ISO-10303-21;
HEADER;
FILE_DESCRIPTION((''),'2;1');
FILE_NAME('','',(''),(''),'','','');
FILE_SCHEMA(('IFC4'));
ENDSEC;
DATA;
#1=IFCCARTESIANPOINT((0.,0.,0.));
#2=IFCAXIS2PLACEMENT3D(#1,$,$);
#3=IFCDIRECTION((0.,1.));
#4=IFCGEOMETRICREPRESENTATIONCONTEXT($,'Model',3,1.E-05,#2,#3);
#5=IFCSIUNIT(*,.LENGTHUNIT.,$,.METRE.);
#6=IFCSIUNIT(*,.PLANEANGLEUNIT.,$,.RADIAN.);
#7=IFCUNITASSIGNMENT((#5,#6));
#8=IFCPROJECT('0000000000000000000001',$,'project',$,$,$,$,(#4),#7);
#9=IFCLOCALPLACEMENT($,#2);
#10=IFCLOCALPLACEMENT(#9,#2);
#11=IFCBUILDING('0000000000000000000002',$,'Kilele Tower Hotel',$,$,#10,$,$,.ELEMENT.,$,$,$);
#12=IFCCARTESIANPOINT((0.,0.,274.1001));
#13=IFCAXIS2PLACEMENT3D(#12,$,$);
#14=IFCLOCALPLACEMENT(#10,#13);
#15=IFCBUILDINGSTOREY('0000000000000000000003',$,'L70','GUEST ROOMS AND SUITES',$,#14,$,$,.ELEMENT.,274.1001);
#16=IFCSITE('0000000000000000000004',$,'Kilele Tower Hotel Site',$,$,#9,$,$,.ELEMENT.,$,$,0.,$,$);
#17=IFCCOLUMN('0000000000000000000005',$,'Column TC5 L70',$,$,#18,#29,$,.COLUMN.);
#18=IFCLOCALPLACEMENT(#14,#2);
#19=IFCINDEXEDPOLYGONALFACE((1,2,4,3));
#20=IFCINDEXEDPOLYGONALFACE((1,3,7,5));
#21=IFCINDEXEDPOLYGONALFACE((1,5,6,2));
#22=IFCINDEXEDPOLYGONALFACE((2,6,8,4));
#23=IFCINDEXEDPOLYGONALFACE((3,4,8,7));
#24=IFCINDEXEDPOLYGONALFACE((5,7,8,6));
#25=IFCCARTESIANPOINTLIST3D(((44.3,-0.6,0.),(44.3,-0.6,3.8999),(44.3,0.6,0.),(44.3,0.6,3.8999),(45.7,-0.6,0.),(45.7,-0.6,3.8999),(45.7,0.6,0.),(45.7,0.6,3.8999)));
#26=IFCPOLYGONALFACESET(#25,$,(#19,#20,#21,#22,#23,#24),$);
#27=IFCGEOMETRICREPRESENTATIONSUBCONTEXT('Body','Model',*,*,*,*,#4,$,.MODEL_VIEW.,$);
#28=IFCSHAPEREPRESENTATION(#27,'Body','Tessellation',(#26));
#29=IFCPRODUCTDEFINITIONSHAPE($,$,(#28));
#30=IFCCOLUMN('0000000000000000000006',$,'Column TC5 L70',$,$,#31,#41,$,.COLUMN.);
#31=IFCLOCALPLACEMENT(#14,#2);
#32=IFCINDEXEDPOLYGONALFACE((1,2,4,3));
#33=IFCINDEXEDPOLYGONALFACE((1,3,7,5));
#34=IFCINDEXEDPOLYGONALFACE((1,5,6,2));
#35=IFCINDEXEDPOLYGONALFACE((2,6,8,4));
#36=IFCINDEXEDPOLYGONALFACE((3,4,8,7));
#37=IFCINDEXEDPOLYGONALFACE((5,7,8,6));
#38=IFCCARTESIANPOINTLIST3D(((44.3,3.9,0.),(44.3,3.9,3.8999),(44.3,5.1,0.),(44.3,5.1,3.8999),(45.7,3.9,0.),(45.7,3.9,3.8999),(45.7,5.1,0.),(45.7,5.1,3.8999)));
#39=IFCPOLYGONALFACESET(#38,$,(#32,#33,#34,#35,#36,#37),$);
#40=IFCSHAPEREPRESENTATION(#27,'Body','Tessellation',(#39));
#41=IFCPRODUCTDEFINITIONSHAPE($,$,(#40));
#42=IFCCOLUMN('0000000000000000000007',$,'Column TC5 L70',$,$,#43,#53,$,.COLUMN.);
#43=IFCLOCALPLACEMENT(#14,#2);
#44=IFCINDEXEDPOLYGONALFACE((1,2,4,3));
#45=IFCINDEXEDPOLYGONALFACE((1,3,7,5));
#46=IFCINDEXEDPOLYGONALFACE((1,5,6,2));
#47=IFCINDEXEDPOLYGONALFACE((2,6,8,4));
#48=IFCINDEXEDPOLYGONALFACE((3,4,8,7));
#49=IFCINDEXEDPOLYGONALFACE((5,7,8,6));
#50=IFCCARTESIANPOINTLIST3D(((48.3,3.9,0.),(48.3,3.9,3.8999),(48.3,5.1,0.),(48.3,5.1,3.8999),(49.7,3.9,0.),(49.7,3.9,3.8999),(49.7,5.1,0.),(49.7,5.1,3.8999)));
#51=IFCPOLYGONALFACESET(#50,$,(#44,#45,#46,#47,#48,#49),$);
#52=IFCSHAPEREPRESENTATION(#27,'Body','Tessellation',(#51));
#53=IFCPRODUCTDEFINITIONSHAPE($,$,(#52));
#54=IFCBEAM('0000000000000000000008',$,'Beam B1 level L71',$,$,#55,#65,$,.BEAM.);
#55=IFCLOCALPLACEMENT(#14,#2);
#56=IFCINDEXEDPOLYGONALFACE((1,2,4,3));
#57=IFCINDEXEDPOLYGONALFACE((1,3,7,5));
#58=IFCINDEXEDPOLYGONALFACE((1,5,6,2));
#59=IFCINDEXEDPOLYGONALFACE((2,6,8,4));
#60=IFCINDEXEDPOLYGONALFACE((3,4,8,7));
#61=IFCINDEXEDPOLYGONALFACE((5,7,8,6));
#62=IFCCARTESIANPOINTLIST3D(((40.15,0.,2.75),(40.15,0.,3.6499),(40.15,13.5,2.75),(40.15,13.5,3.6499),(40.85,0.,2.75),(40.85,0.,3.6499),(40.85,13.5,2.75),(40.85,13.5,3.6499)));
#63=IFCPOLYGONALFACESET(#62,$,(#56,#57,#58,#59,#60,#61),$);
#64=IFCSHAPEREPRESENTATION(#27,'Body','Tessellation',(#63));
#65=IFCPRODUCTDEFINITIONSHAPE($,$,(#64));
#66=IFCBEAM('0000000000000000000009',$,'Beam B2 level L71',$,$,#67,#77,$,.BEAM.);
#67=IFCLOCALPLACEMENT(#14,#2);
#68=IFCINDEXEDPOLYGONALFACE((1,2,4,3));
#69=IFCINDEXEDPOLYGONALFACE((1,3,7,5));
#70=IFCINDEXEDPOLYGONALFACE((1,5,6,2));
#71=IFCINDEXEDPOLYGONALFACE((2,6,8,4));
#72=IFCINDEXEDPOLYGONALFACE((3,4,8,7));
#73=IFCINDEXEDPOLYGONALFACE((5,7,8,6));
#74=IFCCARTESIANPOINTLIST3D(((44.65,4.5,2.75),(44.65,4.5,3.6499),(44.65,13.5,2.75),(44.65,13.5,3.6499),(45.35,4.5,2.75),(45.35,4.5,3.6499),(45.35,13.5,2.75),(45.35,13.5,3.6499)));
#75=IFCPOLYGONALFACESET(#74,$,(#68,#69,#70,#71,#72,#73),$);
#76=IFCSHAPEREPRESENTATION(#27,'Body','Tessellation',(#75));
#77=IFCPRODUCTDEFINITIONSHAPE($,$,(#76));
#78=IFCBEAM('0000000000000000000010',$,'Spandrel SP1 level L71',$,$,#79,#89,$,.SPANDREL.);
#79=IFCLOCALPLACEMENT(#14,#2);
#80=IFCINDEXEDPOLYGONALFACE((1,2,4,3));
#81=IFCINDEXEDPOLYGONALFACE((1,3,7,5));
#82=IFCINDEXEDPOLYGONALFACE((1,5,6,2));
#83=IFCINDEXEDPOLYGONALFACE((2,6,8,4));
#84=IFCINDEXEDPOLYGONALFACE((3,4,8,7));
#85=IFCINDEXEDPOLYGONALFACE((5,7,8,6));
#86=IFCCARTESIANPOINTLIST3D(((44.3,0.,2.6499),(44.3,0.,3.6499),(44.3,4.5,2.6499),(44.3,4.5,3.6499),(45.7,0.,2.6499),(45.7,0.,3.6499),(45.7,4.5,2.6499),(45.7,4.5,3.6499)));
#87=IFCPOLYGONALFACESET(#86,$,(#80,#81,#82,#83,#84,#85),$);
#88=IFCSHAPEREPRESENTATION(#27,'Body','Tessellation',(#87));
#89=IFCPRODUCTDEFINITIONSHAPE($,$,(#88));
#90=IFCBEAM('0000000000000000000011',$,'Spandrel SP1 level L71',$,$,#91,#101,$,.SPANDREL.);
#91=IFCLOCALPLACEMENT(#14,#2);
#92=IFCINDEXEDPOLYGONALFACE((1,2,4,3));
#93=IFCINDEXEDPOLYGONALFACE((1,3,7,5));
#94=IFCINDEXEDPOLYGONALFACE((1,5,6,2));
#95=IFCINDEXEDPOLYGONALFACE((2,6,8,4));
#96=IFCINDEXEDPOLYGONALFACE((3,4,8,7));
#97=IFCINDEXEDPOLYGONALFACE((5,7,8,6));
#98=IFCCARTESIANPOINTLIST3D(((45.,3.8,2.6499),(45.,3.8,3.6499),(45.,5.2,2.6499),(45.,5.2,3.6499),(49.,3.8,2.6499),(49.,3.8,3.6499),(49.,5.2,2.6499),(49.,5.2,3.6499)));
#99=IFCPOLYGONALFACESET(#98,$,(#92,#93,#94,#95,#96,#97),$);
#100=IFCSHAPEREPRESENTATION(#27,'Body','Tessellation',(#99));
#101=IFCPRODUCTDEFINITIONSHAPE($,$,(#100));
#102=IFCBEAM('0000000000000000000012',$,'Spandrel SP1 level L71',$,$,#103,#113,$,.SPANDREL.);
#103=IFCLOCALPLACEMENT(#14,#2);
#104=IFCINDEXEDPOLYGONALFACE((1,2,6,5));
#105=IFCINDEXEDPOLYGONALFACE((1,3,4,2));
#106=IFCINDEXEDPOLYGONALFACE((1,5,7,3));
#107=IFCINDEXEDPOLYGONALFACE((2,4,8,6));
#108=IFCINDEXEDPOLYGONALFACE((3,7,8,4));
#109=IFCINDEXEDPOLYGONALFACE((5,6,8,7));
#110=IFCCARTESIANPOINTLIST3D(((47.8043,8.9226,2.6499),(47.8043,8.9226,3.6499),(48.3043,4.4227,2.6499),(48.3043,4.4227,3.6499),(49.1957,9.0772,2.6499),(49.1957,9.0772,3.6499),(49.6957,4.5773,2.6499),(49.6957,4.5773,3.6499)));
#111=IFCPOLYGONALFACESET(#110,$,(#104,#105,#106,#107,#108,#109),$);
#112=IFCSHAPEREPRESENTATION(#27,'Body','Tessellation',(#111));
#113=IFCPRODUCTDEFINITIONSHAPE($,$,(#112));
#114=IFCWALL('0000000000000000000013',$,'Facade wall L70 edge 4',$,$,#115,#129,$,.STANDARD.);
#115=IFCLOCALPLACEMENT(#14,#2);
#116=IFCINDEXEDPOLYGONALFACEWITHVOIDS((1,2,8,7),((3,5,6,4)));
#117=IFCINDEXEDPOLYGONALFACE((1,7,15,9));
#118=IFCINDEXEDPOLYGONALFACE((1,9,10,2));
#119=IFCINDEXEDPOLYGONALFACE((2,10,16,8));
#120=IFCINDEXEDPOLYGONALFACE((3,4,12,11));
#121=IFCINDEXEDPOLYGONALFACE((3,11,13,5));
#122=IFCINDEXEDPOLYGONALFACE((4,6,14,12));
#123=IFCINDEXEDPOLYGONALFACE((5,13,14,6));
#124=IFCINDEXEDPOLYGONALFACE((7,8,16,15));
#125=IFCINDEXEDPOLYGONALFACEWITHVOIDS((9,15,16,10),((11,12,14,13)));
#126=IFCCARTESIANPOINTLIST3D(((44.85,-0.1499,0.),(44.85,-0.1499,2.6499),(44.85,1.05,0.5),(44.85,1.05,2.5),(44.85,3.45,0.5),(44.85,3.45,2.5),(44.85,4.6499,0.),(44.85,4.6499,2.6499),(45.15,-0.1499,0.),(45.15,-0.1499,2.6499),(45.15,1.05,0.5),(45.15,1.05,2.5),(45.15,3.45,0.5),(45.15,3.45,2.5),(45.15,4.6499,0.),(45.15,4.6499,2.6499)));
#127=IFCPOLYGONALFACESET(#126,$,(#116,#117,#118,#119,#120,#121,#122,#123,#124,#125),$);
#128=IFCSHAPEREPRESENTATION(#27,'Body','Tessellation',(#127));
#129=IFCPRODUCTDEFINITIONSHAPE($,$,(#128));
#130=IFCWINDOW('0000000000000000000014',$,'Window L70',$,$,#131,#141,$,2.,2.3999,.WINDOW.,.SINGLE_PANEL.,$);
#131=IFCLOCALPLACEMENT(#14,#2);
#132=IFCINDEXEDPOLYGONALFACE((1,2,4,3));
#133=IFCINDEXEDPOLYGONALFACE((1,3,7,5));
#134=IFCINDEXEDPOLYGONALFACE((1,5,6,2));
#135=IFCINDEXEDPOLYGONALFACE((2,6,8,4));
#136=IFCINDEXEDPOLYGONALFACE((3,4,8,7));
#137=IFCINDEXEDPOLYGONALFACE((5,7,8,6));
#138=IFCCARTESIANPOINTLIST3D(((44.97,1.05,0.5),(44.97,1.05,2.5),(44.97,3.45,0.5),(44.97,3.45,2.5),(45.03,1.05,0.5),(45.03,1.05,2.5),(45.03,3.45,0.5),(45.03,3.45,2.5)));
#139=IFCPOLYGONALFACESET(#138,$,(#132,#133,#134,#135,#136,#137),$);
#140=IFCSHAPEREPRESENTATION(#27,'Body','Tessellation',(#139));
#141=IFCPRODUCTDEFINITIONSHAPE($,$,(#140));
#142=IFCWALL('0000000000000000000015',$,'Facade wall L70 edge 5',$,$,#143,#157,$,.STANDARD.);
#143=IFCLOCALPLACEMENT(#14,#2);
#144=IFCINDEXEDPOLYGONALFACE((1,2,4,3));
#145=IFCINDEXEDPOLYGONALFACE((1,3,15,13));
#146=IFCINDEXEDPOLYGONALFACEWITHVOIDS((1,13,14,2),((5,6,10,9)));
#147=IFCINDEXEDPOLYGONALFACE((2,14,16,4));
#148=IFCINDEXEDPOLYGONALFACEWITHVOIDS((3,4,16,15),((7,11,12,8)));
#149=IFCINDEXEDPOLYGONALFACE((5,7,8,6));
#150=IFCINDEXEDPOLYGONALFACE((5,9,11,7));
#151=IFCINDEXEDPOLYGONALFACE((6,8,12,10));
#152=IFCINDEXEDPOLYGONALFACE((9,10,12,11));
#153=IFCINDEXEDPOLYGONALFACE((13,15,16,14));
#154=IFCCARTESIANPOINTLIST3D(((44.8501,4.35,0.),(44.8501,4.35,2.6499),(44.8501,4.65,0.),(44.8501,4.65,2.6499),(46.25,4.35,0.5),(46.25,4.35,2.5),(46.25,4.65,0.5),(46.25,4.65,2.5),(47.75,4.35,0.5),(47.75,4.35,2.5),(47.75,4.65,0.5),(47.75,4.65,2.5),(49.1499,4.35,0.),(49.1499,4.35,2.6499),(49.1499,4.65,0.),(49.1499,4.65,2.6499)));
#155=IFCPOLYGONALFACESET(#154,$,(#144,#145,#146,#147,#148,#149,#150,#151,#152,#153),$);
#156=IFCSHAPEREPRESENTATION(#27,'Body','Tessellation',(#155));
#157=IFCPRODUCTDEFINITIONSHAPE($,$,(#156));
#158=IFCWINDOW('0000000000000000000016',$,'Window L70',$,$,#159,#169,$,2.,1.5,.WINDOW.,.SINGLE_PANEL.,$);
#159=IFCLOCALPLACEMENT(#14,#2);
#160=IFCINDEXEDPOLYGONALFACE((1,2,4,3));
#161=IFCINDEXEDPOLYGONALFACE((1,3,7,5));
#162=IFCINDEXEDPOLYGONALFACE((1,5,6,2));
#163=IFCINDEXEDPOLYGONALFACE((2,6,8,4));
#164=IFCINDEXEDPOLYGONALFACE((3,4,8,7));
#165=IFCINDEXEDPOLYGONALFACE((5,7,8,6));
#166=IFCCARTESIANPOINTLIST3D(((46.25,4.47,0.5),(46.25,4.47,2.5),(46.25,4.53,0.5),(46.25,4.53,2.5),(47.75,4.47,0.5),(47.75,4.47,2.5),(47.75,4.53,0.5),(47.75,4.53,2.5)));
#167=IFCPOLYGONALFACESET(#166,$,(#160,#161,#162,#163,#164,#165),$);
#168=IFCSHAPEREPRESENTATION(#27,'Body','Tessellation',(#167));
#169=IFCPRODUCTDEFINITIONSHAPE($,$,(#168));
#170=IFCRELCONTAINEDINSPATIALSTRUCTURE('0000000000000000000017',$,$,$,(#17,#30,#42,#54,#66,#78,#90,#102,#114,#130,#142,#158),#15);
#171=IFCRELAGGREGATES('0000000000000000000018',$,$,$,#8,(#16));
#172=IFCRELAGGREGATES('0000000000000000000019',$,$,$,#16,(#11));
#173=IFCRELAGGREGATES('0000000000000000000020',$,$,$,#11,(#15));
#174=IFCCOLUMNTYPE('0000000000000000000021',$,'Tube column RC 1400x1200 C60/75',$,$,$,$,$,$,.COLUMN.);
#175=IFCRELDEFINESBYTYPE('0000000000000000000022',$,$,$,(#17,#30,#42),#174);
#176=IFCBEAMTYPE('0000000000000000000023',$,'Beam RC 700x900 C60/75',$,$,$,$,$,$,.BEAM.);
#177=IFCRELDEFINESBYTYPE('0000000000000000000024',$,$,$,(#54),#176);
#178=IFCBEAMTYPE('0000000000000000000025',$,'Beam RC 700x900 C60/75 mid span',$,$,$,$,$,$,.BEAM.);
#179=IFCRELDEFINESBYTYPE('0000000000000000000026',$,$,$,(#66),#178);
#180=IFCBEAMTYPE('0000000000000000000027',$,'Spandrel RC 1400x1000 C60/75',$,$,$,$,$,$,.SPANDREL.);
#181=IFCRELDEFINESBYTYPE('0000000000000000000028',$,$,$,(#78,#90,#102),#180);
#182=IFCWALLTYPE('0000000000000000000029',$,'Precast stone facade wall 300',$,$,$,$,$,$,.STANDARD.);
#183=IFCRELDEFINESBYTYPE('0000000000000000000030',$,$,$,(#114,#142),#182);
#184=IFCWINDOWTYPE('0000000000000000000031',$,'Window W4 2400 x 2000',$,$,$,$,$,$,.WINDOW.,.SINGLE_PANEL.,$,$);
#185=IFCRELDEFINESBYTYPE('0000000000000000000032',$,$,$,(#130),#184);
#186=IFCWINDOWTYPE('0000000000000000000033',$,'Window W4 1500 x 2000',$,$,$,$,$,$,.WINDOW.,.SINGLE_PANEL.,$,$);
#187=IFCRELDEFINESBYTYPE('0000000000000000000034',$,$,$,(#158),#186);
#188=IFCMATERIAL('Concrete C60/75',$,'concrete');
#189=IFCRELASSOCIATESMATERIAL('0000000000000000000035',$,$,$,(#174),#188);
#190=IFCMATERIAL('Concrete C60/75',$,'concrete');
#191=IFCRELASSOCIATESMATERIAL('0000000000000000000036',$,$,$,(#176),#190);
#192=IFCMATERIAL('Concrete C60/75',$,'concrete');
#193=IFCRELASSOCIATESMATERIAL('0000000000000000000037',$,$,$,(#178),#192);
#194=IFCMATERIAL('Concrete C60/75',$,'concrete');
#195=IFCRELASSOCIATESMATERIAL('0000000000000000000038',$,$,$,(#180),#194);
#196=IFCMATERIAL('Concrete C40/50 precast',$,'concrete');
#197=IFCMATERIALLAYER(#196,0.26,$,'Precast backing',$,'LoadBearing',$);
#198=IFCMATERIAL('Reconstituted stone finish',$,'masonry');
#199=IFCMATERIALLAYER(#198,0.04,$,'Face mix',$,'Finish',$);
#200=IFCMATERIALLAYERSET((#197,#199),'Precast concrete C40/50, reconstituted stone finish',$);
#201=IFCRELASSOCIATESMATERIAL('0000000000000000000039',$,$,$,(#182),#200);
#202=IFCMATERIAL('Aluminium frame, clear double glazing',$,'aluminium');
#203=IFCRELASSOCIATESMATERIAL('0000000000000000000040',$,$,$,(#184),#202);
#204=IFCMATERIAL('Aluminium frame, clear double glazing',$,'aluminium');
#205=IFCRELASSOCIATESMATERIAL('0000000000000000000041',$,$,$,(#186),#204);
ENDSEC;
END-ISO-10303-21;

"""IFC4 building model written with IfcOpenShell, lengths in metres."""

from ifc_helpers import new_model, si_unit, direction, frame, frame_2d, origin, origin_2d, place, context, subcontext, project, spatial, rectangle, extrude, material, layer, layer_set, material_profile, profile_set, type_object, element, fill, save


model = new_model("IFC4")

# Units and contexts
model_context = context("Model", 3, precision=1e-05, world=origin(), true_north=direction((0.0, 1.0)))
body_context = subcontext(model_context, "Body", "Model", "MODEL_VIEW")
ifc_project = project(units=[si_unit("LENGTHUNIT", "METRE"), si_unit("PLANEANGLEUNIT", "RADIAN")], contexts=[model_context])

# Site, building, storey
site_placement = place(None, origin())
site = spatial("IfcSite", under=ifc_project, at=site_placement, Name="Kilele Tower Hotel Site", CompositionType="ELEMENT", RefElevation=0.0)
building_placement = place(site_placement, origin())
building = spatial("IfcBuilding", under=site, at=building_placement, Name="Kilele Tower Hotel", CompositionType="ELEMENT")
storey_placement = place(building_placement, frame((0.0, 0.0, 274.1001)))
storey = spatial("IfcBuildingStorey", under=building, at=storey_placement, Name="L70", Description="GUEST ROOMS AND SUITES", CompositionType="ELEMENT", Elevation=274.1001)

# Columns
ifc_material_1 = material(Name="Concrete C60/75", Category="concrete")
ifc_material_profile_1 = material_profile(ifc_material_1, rectangle(XDim=1.3999, YDim=1.2, at=origin_2d()))
ifc_profile_set_1 = profile_set([ifc_material_profile_1], Name="Concrete C60/75")
column_type = type_object("IfcColumnType", Name="Tube column RC 1400x1200 C60/75", PredefinedType="COLUMN", material=ifc_profile_set_1)
for number, where, z_axis, x_axis, name in (
    (1, (45.0, 0.0, 0.0), (0.0, 0.0, 1.0), (1.0, 0.0, 0.0), "Column TC5 L70"),
    (2, (45.0, 4.5, 0.0), (0.0, 0.0, 1.0), (1.0, 0.0, 0.0), "Column TC5 L70"),
    (3, (49.0, 4.5, 0.0), (0.0, 0.0, 1.0), (1.0, 0.0, 0.0), "Column TC5 L70"),
):
    element("IfcColumn", number, at=place(storey_placement, frame(where, z_axis=z_axis, x_axis=x_axis)), inside=storey, type_object=column_type, Name=name, PredefinedType="COLUMN", context=body_context, shape_type="SweptSolid", body=[
        extrude(rectangle(XDim=1.3999, YDim=1.2, at=origin_2d()), origin(), (0.0, 0.0, 1.0), 3.8999),
    ])

# Beams
ifc_material_2 = material(Name="Concrete C60/75", Category="concrete")
ifc_material_profile_2 = material_profile(ifc_material_2, rectangle(XDim=0.7, YDim=0.8999, at=origin_2d()))
ifc_profile_set_2 = profile_set([ifc_material_profile_2], Name="Concrete C60/75")
beam_type_1 = type_object("IfcBeamType", Name="Beam RC 700x900 C60/75", PredefinedType="BEAM", material=ifc_profile_set_2)
beam_1_placement = place(storey_placement, frame((40.5, 0.0, 3.2), z_axis=(0.0, 1.0, 0.0), x_axis=(-1.0, 0.0, 0.0)))
element("IfcBeam", 4, at=beam_1_placement, inside=storey, type_object=beam_type_1, Name="Beam B1 level L71", PredefinedType="BEAM", context=body_context, shape_type="SweptSolid", body=[
    extrude(rectangle(XDim=0.7, YDim=0.8999, at=origin_2d()), origin(), (0.0, 0.0, 1.0), 13.5),
])
ifc_material_3 = material(Name="Concrete C60/75", Category="concrete")
ifc_material_profile_3 = material_profile(ifc_material_3, rectangle(XDim=0.7, YDim=0.8999, at=origin_2d()))
ifc_profile_set_3 = profile_set([ifc_material_profile_3], Name="Concrete C60/75")
beam_type_2 = type_object("IfcBeamType", Name="Beam RC 700x900 C60/75 mid span", PredefinedType="BEAM", material=ifc_profile_set_3)
beam_2_placement = place(storey_placement, frame((45.0, 4.5, 3.2), z_axis=(0.0, 1.0, 0.0), x_axis=(-1.0, 0.0, 0.0)))
element("IfcBeam", 5, at=beam_2_placement, inside=storey, type_object=beam_type_2, Name="Beam B2 level L71", PredefinedType="BEAM", context=body_context, shape_type="SweptSolid", body=[
    extrude(rectangle(XDim=0.7, YDim=0.8999, at=origin_2d()), origin(), (0.0, 0.0, 1.0), 9.0),
])
ifc_material_4 = material(Name="Concrete C60/75", Category="concrete")
ifc_material_profile_4 = material_profile(ifc_material_4, rectangle(XDim=1.3999, YDim=1.0, at=origin_2d()))
ifc_profile_set_4 = profile_set([ifc_material_profile_4], Name="Concrete C60/75")
beam_type_3 = type_object("IfcBeamType", Name="Spandrel RC 1400x1000 C60/75", PredefinedType="SPANDREL", material=ifc_profile_set_4)
beam_3_placement = place(storey_placement, frame((45.0, 0.0, 3.1499), z_axis=(0.0, 1.0, 0.0), x_axis=(-1.0, 0.0, 0.0)))
element("IfcBeam", 6, at=beam_3_placement, inside=storey, type_object=beam_type_3, Name="Spandrel SP1 level L71", PredefinedType="SPANDREL", context=body_context, shape_type="SweptSolid", body=[
    extrude(rectangle(XDim=1.3999, YDim=1.0, at=origin_2d()), origin(), (0.0, 0.0, 1.0), 4.5),
])
beam_4_placement = place(storey_placement, frame((45.0, 4.5, 3.1499), z_axis=(1.0, 0.0, 0.0), x_axis=(0.0, 1.0, 0.0)))
element("IfcBeam", 7, at=beam_4_placement, inside=storey, type_object=beam_type_3, Name="Spandrel SP1 level L71", PredefinedType="SPANDREL", context=body_context, shape_type="SweptSolid", body=[
    extrude(rectangle(XDim=1.3999, YDim=1.0, at=origin_2d()), origin(), (0.0, 0.0, 1.0), 4.0),
])
beam_5_placement = place(storey_placement, frame((49.0, 4.5, 3.1499), z_axis=(-0.110432, 0.993884, 0.0), x_axis=(-0.993884, -0.110432, 0.0)))
element("IfcBeam", 8, at=beam_5_placement, inside=storey, type_object=beam_type_3, Name="Spandrel SP1 level L71", PredefinedType="SPANDREL", context=body_context, shape_type="SweptSolid", body=[
    extrude(rectangle(XDim=1.3999, YDim=1.0, at=origin_2d()), origin(), (0.0, 0.0, 1.0), 4.5276),
])

# Walls, openings, windows
ifc_material_5 = material(Name="Concrete C40/50 precast", Category="concrete")
ifc_layer_1 = layer(ifc_material_5, 0.26, Name="Precast backing", Category="LoadBearing")
ifc_material_6 = material(Name="Reconstituted stone finish", Category="masonry")
ifc_layer_2 = layer(ifc_material_6, 0.04, Name="Face mix", Category="Finish")
ifc_layer_set = layer_set([ifc_layer_1, ifc_layer_2], Name="Precast concrete C40/50, reconstituted stone finish")
wall_type = type_object("IfcWallType", Name="Precast stone facade wall 300", PredefinedType="STANDARD", material=ifc_layer_set)
wall_1_placement = place(storey_placement, frame((45.0, -0.1499, 0.0), z_axis=(0.0, 0.0, 1.0), x_axis=(0.0, 1.0, 0.0)))
wall_1 = element("IfcWall", 9, at=wall_1_placement, inside=storey, type_object=wall_type, Name="Facade wall L70 edge 4", PredefinedType="STANDARD", context=body_context, shape_type="SweptSolid", body=[
    extrude(rectangle(XDim=4.7998, YDim=0.3, at=frame_2d((2.3999, 0.0))), origin(), (0.0, 0.0, 1.0), 2.6499),
])
opening_1_placement = place(wall_1_placement, frame((1.2, 0.0, 0.5)))
opening_1 = element("IfcOpeningElement", 10, at=opening_1_placement, cuts=wall_1, PredefinedType="OPENING", context=body_context, shape_type="SweptSolid", body=[
    extrude(rectangle(XDim=2.3999, YDim=2.0, at=frame_2d((1.2, 1.0))), frame((0.0, 0.1599, 0.0), z_axis=(0.0, -1.0, 0.0), x_axis=(1.0, 0.0, 0.0)), (0.0, 0.0, 1.0), 0.3201),
])
ifc_material_7 = material(Name="Aluminium frame, clear double glazing", Category="aluminium")
window_type_1 = type_object("IfcWindowType", Name="Window W4 2400 x 2000", PartitioningType="SINGLE_PANEL", PredefinedType="WINDOW", material=ifc_material_7)
window_1_placement = place(opening_1_placement, origin())
window_1 = element("IfcWindow", 11, at=window_1_placement, inside=storey, type_object=window_type_1, Name="Window L70", OverallHeight=2.0, OverallWidth=2.3999, PartitioningType="SINGLE_PANEL", PredefinedType="WINDOW", context=body_context, shape_type="SweptSolid", body=[
    extrude(rectangle(XDim=2.3999, YDim=2.0, at=frame_2d((1.2, 1.0))), frame((0.0, 0.03, 0.0), z_axis=(0.0, -1.0, 0.0), x_axis=(1.0, 0.0, 0.0)), (0.0, 0.0, 1.0), 0.0601),
])
fill(opening_1, window_1)
wall_2_placement = place(storey_placement, frame((44.8501, 4.5, 0.0), z_axis=(0.0, 0.0, 1.0), x_axis=(1.0, 0.0, 0.0)))
wall_2 = element("IfcWall", 12, at=wall_2_placement, inside=storey, type_object=wall_type, Name="Facade wall L70 edge 5", PredefinedType="STANDARD", context=body_context, shape_type="SweptSolid", body=[
    extrude(rectangle(XDim=4.2998, YDim=0.3, at=frame_2d((2.1499, 0.0))), origin(), (0.0, 0.0, 1.0), 2.6499),
])
opening_2_placement = place(wall_2_placement, frame((1.3999, 0.0, 0.5)))
opening_2 = element("IfcOpeningElement", 13, at=opening_2_placement, cuts=wall_2, PredefinedType="OPENING", context=body_context, shape_type="SweptSolid", body=[
    extrude(rectangle(XDim=1.5, YDim=2.0, at=frame_2d((0.75, 1.0))), frame((0.0, 0.1599, 0.0), z_axis=(0.0, -1.0, 0.0), x_axis=(1.0, 0.0, 0.0)), (0.0, 0.0, 1.0), 0.3201),
])
ifc_material_8 = material(Name="Aluminium frame, clear double glazing", Category="aluminium")
window_type_2 = type_object("IfcWindowType", Name="Window W4 1500 x 2000", PartitioningType="SINGLE_PANEL", PredefinedType="WINDOW", material=ifc_material_8)
window_2_placement = place(opening_2_placement, origin())
window_2 = element("IfcWindow", 14, at=window_2_placement, inside=storey, type_object=window_type_2, Name="Window L70", OverallHeight=2.0, OverallWidth=1.5, PartitioningType="SINGLE_PANEL", PredefinedType="WINDOW", context=body_context, shape_type="SweptSolid", body=[
    extrude(rectangle(XDim=1.5, YDim=2.0, at=frame_2d((0.75, 1.0))), frame((0.0, 0.03, 0.0), z_axis=(0.0, -1.0, 0.0), x_axis=(1.0, 0.0, 0.0)), (0.0, 0.0, 1.0), 0.0601),
])
fill(opening_2, window_2)

save(model, "model.ifc")
